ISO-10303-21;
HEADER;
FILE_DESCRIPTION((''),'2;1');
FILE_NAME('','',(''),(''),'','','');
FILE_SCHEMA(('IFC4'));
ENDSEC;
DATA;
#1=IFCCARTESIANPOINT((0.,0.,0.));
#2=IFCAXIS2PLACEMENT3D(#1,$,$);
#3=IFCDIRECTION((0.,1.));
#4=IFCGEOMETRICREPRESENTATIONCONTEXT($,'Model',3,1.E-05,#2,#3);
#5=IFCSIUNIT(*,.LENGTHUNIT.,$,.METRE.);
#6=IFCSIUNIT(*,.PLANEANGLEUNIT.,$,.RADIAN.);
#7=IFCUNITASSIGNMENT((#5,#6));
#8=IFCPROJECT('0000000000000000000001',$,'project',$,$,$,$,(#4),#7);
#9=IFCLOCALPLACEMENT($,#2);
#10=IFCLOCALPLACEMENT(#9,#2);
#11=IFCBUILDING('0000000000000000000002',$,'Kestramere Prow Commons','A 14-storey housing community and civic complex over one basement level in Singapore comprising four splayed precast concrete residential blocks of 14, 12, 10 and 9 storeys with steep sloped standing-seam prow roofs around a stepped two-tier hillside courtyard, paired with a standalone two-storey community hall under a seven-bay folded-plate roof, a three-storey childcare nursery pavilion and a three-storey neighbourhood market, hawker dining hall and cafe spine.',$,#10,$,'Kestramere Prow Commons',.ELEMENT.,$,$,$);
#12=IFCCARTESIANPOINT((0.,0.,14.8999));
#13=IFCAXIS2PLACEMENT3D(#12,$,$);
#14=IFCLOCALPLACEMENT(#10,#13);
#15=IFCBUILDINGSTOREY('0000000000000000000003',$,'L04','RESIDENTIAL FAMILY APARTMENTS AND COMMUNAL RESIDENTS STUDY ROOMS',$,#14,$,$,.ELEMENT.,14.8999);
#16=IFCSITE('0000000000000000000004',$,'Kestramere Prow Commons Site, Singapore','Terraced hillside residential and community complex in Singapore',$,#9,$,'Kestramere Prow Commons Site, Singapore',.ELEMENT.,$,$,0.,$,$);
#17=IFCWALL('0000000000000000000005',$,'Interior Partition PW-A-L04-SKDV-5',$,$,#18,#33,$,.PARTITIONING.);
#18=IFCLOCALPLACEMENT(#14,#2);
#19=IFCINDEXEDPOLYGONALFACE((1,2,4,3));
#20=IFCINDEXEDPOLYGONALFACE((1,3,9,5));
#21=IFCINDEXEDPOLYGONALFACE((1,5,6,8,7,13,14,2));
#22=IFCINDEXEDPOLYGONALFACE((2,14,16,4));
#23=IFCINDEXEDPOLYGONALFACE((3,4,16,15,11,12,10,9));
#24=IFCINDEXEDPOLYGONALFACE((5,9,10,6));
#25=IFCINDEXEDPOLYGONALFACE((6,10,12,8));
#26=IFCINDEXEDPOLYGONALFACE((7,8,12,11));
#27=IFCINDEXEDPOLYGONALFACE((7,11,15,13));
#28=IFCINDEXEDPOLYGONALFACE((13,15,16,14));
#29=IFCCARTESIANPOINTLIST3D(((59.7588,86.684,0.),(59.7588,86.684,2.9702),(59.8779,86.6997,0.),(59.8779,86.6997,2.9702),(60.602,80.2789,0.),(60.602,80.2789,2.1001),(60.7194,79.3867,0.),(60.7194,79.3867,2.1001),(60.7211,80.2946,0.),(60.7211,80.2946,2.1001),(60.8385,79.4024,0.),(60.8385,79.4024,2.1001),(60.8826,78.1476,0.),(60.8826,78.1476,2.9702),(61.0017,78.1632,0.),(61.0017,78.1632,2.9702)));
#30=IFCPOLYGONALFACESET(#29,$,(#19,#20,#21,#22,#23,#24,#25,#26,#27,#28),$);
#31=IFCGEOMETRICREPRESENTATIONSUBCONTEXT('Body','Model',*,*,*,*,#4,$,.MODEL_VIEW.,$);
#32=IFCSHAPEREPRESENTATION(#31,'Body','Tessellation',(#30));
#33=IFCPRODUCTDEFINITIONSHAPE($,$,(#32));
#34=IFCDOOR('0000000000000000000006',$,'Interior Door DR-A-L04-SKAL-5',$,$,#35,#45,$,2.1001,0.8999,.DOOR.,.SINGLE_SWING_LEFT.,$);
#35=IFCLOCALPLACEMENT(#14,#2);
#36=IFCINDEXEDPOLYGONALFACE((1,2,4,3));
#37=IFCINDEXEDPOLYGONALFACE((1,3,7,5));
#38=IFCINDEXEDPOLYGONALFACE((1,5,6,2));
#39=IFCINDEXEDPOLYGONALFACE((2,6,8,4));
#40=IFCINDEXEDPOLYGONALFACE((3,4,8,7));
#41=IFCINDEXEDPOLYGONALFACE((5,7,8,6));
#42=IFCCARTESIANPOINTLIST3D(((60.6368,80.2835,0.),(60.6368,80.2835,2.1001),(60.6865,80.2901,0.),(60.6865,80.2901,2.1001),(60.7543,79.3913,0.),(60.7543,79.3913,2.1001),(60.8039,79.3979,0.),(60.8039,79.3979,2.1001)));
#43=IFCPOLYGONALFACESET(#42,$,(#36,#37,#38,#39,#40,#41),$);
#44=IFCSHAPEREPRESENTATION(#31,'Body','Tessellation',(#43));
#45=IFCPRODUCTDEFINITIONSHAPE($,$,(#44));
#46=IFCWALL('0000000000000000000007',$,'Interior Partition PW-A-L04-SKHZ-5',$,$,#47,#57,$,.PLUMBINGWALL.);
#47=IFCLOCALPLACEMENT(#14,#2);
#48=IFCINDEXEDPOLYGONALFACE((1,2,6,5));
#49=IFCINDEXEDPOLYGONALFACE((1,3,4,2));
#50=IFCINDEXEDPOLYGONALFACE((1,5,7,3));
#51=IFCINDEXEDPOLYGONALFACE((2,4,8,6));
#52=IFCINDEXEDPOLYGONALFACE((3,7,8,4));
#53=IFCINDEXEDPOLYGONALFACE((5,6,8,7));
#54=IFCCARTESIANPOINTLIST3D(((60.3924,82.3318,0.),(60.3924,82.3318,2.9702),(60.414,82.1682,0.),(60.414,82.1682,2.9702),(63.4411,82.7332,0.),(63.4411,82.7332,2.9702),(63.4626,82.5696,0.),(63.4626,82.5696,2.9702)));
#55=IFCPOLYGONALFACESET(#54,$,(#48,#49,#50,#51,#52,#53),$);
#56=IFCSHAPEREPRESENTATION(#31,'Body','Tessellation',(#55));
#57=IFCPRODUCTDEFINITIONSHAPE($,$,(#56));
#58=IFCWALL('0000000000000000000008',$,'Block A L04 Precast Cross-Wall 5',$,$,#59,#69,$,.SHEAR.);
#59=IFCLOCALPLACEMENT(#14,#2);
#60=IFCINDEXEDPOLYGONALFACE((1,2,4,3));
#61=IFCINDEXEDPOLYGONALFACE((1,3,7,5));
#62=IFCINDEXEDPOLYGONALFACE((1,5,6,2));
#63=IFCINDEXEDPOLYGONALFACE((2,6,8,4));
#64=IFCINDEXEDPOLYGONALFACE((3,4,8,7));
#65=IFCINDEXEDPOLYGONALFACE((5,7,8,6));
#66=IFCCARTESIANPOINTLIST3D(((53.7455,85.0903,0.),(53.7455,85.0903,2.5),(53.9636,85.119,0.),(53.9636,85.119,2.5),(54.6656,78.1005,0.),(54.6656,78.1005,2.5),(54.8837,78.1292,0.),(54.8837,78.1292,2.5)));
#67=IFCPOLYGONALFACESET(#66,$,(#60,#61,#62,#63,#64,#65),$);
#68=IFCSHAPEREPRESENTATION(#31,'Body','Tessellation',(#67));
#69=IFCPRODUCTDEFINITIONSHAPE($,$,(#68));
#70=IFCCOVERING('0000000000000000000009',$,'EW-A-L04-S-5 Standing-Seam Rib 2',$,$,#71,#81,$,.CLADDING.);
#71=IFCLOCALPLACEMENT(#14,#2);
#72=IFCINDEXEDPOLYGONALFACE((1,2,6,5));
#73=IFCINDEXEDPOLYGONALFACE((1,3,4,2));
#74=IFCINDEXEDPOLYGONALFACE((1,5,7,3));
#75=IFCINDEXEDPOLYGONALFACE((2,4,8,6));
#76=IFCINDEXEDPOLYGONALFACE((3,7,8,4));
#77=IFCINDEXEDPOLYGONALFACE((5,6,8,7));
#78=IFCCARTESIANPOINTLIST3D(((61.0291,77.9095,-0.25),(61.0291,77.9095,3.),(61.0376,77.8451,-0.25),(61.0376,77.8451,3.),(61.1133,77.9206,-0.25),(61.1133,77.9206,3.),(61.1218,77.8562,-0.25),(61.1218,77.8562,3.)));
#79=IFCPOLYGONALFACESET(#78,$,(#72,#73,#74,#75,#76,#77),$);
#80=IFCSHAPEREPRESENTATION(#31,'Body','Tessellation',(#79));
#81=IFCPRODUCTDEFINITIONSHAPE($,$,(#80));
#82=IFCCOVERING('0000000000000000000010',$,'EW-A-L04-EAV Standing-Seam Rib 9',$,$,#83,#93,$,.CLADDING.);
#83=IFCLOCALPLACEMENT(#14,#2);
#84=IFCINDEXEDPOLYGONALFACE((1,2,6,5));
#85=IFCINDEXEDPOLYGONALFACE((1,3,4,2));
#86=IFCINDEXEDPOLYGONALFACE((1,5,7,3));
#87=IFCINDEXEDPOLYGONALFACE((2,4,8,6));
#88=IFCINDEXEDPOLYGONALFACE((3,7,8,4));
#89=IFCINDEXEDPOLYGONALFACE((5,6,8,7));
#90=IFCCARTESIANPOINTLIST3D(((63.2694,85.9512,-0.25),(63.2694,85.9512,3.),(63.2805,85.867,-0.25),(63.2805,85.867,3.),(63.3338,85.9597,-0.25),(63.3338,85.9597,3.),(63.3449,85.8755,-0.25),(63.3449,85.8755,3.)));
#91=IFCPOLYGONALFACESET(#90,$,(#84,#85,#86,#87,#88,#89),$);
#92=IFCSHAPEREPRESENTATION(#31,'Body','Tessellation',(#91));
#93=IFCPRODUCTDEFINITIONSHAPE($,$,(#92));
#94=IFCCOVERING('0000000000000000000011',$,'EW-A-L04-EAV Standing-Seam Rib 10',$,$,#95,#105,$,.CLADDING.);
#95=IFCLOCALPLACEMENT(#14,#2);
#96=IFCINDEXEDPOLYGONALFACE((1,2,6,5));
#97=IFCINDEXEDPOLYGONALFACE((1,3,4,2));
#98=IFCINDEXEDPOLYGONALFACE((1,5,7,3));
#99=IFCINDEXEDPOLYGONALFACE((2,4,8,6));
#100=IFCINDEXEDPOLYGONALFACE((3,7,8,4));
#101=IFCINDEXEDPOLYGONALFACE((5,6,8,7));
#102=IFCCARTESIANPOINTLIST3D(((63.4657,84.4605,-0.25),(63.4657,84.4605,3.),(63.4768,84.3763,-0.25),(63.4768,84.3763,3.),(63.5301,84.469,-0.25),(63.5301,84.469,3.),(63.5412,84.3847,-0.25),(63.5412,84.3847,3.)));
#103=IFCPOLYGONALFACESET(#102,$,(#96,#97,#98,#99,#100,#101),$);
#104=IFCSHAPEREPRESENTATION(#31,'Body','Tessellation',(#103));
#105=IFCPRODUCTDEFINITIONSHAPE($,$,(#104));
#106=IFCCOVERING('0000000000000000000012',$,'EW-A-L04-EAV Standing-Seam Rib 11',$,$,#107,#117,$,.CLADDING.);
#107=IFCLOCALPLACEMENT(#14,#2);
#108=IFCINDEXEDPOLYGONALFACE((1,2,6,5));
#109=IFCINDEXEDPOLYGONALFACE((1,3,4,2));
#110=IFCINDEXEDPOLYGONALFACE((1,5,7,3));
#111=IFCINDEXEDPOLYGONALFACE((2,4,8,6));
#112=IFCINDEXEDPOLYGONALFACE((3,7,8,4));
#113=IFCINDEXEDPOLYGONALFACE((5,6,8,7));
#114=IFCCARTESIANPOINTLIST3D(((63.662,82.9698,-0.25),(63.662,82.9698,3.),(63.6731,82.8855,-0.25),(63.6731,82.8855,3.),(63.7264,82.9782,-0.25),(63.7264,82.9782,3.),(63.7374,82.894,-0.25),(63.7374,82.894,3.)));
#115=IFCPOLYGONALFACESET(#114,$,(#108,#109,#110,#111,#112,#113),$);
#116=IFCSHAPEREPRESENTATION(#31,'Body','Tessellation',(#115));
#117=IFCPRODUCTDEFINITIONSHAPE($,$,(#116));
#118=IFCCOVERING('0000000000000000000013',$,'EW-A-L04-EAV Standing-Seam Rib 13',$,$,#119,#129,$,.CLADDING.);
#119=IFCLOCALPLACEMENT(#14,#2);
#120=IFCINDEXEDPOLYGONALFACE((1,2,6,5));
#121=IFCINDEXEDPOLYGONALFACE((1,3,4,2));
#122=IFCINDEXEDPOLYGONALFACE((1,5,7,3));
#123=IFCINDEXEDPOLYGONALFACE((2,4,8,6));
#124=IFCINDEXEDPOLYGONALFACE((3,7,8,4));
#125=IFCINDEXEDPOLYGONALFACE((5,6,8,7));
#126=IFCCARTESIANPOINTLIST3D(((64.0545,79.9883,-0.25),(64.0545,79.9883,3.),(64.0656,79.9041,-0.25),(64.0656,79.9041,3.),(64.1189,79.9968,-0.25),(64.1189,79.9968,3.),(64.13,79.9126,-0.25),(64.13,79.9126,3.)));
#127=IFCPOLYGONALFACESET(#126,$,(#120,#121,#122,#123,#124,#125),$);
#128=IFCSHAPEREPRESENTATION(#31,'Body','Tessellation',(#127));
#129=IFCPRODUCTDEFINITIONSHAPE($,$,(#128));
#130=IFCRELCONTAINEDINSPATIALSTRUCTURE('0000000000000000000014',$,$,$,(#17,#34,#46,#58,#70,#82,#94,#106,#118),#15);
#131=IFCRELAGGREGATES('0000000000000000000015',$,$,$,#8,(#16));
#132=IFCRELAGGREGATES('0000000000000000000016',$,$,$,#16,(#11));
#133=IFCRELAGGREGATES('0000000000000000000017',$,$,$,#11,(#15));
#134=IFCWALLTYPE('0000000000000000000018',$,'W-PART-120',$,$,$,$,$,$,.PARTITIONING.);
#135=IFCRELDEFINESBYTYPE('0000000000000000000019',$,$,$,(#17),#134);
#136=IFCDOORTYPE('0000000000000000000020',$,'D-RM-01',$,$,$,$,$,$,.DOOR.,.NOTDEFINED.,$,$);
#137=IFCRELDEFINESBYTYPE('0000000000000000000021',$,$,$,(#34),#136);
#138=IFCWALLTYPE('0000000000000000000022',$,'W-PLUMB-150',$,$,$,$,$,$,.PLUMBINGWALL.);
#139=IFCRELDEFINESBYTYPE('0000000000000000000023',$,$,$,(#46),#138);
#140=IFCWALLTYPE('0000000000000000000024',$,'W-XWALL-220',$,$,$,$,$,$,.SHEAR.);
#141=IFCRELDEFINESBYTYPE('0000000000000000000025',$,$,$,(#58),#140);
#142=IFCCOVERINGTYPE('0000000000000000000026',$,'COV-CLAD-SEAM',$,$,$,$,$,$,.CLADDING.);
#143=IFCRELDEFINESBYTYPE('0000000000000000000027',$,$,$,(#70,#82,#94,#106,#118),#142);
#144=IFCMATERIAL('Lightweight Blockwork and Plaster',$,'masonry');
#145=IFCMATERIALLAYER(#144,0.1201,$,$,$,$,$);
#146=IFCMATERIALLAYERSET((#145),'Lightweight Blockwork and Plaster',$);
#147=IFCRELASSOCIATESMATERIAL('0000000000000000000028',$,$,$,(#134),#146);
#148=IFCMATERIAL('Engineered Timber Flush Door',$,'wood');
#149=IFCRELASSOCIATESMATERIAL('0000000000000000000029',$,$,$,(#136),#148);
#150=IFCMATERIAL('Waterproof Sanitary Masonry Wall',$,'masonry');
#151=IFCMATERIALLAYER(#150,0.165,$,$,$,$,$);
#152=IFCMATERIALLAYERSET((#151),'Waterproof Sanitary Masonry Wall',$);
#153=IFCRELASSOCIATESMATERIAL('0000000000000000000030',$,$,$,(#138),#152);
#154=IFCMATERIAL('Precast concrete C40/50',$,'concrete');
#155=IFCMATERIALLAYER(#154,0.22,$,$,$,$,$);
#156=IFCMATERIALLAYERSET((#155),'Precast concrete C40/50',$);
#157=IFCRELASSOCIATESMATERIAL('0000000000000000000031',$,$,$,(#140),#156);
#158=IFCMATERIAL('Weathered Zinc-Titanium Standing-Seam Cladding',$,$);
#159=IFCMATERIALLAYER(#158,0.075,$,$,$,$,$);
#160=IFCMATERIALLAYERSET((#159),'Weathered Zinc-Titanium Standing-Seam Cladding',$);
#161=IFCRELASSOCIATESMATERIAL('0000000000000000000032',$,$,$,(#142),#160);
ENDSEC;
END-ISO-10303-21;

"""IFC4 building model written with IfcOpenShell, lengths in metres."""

from ifc_helpers import new_model, si_unit, direction, frame, frame_2d, origin, origin_2d, place, context, subcontext, project, spatial, rectangle, extrude, material, layer, layer_set, type_object, element, fill, save


model = new_model("IFC4")

# Units and contexts
model_context = context("Model", 3, precision=1e-05, world=origin(), true_north=direction((0.0, 1.0)))
body_context = subcontext(model_context, "Body", "Model", "MODEL_VIEW")
ifc_project = project(units=[si_unit("LENGTHUNIT", "METRE"), si_unit("PLANEANGLEUNIT", "RADIAN")], contexts=[model_context])

# Site, building, storey
site_placement = place(None, origin())
site = spatial("IfcSite", under=ifc_project, at=site_placement, Name="Kestramere Prow Commons Site, Singapore", Description="Terraced hillside residential and community complex in Singapore", LongName="Kestramere Prow Commons Site, Singapore", CompositionType="ELEMENT", RefElevation=0.0)
building_placement = place(site_placement, origin())
building = spatial("IfcBuilding", under=site, at=building_placement, Name="Kestramere Prow Commons", Description="A 14-storey housing community and civic complex over one basement level in Singapore comprising four splayed precast concrete residential blocks of 14, 12, 10 and 9 storeys with steep sloped standing-seam prow roofs around a stepped two-tier hillside courtyard, paired with a standalone two-storey community hall under a seven-bay folded-plate roof, a three-storey childcare nursery pavilion and a three-storey neighbourhood market, hawker dining hall and cafe spine.", LongName="Kestramere Prow Commons", CompositionType="ELEMENT")
storey_placement = place(building_placement, frame((0.0, 0.0, 14.8999)))
storey = spatial("IfcBuildingStorey", under=building, at=storey_placement, Name="L04", Description="RESIDENTIAL FAMILY APARTMENTS AND COMMUNAL RESIDENTS STUDY ROOMS", CompositionType="ELEMENT", Elevation=14.8999)

# Shared definitions
ifc_material_1 = material(Name="Precast concrete C40/50", Category="concrete")

# Wall, opening, door
ifc_material_2 = material(Name="Lightweight Blockwork and Plaster", Category="masonry")
ifc_layer_1 = layer(ifc_material_2, 0.1201)
ifc_layer_set_1 = layer_set([ifc_layer_1], Name="Lightweight Blockwork and Plaster")
wall_type_1 = type_object("IfcWallType", Name="W-PART-120", PredefinedType="PARTITIONING", material=ifc_layer_set_1)
wall_1_placement = place(storey_placement, frame((60.9421, 78.1553, 0.0), z_axis=(0.0, 0.0, 1.0), x_axis=(-0.13052, 0.991446, 0.0)))
wall_1 = element("IfcWall", 1, at=wall_1_placement, inside=storey, type_object=wall_type_1, Name="Interior Partition PW-A-L04-SKDV-5", PredefinedType="PARTITIONING", context=body_context, shape_type="SweptSolid", body=[
    extrude(rectangle(XDim=8.6101, YDim=0.1201, at=frame_2d((4.3052, 0.0))), origin(), (0.0, 0.0, 1.0), 2.9702),
])
opening_1_placement = place(wall_1_placement, frame((1.25, 0.0, 0.0)))
opening_1 = element("IfcOpeningElement", 2, at=opening_1_placement, cuts=wall_1, PredefinedType="OPENING", context=body_context, shape_type="SweptSolid", body=[
    extrude(rectangle(XDim=0.8999, YDim=2.1001, at=frame_2d((0.45, 1.05))), frame((0.0, 0.075, 0.0), z_axis=(0.0, -1.0, 0.0), x_axis=(1.0, 0.0, 0.0)), (0.0, 0.0, 1.0), 0.1501),
])
ifc_material_3 = material(Name="Engineered Timber Flush Door", Category="wood")
door_type_1 = type_object("IfcDoorType", Name="D-RM-01", OperationType="NOTDEFINED", PredefinedType="DOOR", material=ifc_material_3)
door_1_placement = place(opening_1_placement, origin())
door_1 = element("IfcDoor", 3, at=door_1_placement, inside=storey, type_object=door_type_1, Name="Interior Door DR-A-L04-SKAL-5", OperationType="SINGLE_SWING_LEFT", OverallHeight=2.1001, OverallWidth=0.8999, PredefinedType="DOOR", context=body_context, shape_type="SweptSolid", body=[
    extrude(rectangle(XDim=0.8999, YDim=2.1001, at=frame_2d((0.45, 1.05))), frame((0.0, 0.0249, 0.0), z_axis=(0.0, -1.0, 0.0), x_axis=(1.0, 0.0, 0.0)), (0.0, 0.0, 1.0), 0.05),
])
fill(opening_1, door_1)
ifc_material_4 = material(Name="Waterproof Sanitary Masonry Wall", Category="masonry")
ifc_layer_2 = layer(ifc_material_4, 0.165)
ifc_layer_set_2 = layer_set([ifc_layer_2], Name="Waterproof Sanitary Masonry Wall")
wall_type_2 = type_object("IfcWallType", Name="W-PLUMB-150", PredefinedType="PLUMBINGWALL", material=ifc_layer_set_2)

# Walls
wall_2_placement = place(storey_placement, frame((60.4031, 82.25, 0.0), z_axis=(0.0, 0.0, 1.0), x_axis=(0.991444, 0.130531, 0.0)))
element("IfcWall", 4, at=wall_2_placement, inside=storey, type_object=wall_type_2, Name="Interior Partition PW-A-L04-SKHZ-5", PredefinedType="PLUMBINGWALL", context=body_context, shape_type="SweptSolid", body=[
    extrude(rectangle(XDim=3.075, YDim=0.165, at=frame_2d((1.5376, 0.0))), origin(), (0.0, 0.0, 1.0), 2.9702),
])
ifc_layer_3 = layer(ifc_material_1, 0.22)
ifc_layer_set_3 = layer_set([ifc_layer_3], Name="Precast concrete C40/50")
wall_type_3 = type_object("IfcWallType", Name="W-XWALL-220", PredefinedType="SHEAR", material=ifc_layer_set_3)
wall_3_placement = place(storey_placement, frame((54.7747, 78.115, 0.0), z_axis=(0.0, 0.0, 1.0), x_axis=(-0.130519, 0.991446, 0.0)))
element("IfcWall", 5, at=wall_3_placement, inside=storey, type_object=wall_type_3, Name="Block A L04 Precast Cross-Wall 5", PredefinedType="SHEAR", context=body_context, shape_type="SweptSolid", body=[
    extrude(rectangle(XDim=7.05, YDim=0.22, at=frame_2d((3.5249, 0.0))), origin(), (0.0, 0.0, 1.0), 2.5),
])

# Coverings
ifc_material_5 = material(Name="Weathered Zinc-Titanium Standing-Seam Cladding")
ifc_layer_4 = layer(ifc_material_5, 0.075)
ifc_layer_set_4 = layer_set([ifc_layer_4], Name="Weathered Zinc-Titanium Standing-Seam Cladding")
covering_type = type_object("IfcCoveringType", Name="COV-CLAD-SEAM", PredefinedType="CLADDING", material=ifc_layer_set_4)
for number, where, z_axis, x_axis, name in (
    (6, (61.0754, 77.8828, -0.25), (0.0, 0.0, 1.0), (-0.991445, -0.130526, 0.0), "EW-A-L04-S-5 Standing-Seam Rib 2"),
    (7, (63.3071, 85.9133, -0.25), (0.0, 0.0, 1.0), (0.130526, -0.991445, 0.0), "EW-A-L04-EAV Standing-Seam Rib 9"),
    (8, (63.5034, 84.4226, -0.25), (0.0, 0.0, 1.0), (0.130526, -0.991445, 0.0), "EW-A-L04-EAV Standing-Seam Rib 10"),
    (9, (63.6997, 82.9319, -0.25), (0.0, 0.0, 1.0), (0.130526, -0.991445, 0.0), "EW-A-L04-EAV Standing-Seam Rib 11"),
    (10, (64.0923, 79.9504, -0.25), (0.0, 0.0, 1.0), (0.130526, -0.991445, 0.0), "EW-A-L04-EAV Standing-Seam Rib 13"),
):
    element("IfcCovering", number, at=place(storey_placement, frame(where, z_axis=z_axis, x_axis=x_axis)), inside=storey, type_object=covering_type, Name=name, PredefinedType="CLADDING", context=body_context, shape_type="SweptSolid", body=[
        extrude(rectangle(XDim=0.085, YDim=0.0649, at=origin_2d()), origin(), (0.0, 0.0, 1.0), 3.25),
    ])

save(model, "model.ifc")
